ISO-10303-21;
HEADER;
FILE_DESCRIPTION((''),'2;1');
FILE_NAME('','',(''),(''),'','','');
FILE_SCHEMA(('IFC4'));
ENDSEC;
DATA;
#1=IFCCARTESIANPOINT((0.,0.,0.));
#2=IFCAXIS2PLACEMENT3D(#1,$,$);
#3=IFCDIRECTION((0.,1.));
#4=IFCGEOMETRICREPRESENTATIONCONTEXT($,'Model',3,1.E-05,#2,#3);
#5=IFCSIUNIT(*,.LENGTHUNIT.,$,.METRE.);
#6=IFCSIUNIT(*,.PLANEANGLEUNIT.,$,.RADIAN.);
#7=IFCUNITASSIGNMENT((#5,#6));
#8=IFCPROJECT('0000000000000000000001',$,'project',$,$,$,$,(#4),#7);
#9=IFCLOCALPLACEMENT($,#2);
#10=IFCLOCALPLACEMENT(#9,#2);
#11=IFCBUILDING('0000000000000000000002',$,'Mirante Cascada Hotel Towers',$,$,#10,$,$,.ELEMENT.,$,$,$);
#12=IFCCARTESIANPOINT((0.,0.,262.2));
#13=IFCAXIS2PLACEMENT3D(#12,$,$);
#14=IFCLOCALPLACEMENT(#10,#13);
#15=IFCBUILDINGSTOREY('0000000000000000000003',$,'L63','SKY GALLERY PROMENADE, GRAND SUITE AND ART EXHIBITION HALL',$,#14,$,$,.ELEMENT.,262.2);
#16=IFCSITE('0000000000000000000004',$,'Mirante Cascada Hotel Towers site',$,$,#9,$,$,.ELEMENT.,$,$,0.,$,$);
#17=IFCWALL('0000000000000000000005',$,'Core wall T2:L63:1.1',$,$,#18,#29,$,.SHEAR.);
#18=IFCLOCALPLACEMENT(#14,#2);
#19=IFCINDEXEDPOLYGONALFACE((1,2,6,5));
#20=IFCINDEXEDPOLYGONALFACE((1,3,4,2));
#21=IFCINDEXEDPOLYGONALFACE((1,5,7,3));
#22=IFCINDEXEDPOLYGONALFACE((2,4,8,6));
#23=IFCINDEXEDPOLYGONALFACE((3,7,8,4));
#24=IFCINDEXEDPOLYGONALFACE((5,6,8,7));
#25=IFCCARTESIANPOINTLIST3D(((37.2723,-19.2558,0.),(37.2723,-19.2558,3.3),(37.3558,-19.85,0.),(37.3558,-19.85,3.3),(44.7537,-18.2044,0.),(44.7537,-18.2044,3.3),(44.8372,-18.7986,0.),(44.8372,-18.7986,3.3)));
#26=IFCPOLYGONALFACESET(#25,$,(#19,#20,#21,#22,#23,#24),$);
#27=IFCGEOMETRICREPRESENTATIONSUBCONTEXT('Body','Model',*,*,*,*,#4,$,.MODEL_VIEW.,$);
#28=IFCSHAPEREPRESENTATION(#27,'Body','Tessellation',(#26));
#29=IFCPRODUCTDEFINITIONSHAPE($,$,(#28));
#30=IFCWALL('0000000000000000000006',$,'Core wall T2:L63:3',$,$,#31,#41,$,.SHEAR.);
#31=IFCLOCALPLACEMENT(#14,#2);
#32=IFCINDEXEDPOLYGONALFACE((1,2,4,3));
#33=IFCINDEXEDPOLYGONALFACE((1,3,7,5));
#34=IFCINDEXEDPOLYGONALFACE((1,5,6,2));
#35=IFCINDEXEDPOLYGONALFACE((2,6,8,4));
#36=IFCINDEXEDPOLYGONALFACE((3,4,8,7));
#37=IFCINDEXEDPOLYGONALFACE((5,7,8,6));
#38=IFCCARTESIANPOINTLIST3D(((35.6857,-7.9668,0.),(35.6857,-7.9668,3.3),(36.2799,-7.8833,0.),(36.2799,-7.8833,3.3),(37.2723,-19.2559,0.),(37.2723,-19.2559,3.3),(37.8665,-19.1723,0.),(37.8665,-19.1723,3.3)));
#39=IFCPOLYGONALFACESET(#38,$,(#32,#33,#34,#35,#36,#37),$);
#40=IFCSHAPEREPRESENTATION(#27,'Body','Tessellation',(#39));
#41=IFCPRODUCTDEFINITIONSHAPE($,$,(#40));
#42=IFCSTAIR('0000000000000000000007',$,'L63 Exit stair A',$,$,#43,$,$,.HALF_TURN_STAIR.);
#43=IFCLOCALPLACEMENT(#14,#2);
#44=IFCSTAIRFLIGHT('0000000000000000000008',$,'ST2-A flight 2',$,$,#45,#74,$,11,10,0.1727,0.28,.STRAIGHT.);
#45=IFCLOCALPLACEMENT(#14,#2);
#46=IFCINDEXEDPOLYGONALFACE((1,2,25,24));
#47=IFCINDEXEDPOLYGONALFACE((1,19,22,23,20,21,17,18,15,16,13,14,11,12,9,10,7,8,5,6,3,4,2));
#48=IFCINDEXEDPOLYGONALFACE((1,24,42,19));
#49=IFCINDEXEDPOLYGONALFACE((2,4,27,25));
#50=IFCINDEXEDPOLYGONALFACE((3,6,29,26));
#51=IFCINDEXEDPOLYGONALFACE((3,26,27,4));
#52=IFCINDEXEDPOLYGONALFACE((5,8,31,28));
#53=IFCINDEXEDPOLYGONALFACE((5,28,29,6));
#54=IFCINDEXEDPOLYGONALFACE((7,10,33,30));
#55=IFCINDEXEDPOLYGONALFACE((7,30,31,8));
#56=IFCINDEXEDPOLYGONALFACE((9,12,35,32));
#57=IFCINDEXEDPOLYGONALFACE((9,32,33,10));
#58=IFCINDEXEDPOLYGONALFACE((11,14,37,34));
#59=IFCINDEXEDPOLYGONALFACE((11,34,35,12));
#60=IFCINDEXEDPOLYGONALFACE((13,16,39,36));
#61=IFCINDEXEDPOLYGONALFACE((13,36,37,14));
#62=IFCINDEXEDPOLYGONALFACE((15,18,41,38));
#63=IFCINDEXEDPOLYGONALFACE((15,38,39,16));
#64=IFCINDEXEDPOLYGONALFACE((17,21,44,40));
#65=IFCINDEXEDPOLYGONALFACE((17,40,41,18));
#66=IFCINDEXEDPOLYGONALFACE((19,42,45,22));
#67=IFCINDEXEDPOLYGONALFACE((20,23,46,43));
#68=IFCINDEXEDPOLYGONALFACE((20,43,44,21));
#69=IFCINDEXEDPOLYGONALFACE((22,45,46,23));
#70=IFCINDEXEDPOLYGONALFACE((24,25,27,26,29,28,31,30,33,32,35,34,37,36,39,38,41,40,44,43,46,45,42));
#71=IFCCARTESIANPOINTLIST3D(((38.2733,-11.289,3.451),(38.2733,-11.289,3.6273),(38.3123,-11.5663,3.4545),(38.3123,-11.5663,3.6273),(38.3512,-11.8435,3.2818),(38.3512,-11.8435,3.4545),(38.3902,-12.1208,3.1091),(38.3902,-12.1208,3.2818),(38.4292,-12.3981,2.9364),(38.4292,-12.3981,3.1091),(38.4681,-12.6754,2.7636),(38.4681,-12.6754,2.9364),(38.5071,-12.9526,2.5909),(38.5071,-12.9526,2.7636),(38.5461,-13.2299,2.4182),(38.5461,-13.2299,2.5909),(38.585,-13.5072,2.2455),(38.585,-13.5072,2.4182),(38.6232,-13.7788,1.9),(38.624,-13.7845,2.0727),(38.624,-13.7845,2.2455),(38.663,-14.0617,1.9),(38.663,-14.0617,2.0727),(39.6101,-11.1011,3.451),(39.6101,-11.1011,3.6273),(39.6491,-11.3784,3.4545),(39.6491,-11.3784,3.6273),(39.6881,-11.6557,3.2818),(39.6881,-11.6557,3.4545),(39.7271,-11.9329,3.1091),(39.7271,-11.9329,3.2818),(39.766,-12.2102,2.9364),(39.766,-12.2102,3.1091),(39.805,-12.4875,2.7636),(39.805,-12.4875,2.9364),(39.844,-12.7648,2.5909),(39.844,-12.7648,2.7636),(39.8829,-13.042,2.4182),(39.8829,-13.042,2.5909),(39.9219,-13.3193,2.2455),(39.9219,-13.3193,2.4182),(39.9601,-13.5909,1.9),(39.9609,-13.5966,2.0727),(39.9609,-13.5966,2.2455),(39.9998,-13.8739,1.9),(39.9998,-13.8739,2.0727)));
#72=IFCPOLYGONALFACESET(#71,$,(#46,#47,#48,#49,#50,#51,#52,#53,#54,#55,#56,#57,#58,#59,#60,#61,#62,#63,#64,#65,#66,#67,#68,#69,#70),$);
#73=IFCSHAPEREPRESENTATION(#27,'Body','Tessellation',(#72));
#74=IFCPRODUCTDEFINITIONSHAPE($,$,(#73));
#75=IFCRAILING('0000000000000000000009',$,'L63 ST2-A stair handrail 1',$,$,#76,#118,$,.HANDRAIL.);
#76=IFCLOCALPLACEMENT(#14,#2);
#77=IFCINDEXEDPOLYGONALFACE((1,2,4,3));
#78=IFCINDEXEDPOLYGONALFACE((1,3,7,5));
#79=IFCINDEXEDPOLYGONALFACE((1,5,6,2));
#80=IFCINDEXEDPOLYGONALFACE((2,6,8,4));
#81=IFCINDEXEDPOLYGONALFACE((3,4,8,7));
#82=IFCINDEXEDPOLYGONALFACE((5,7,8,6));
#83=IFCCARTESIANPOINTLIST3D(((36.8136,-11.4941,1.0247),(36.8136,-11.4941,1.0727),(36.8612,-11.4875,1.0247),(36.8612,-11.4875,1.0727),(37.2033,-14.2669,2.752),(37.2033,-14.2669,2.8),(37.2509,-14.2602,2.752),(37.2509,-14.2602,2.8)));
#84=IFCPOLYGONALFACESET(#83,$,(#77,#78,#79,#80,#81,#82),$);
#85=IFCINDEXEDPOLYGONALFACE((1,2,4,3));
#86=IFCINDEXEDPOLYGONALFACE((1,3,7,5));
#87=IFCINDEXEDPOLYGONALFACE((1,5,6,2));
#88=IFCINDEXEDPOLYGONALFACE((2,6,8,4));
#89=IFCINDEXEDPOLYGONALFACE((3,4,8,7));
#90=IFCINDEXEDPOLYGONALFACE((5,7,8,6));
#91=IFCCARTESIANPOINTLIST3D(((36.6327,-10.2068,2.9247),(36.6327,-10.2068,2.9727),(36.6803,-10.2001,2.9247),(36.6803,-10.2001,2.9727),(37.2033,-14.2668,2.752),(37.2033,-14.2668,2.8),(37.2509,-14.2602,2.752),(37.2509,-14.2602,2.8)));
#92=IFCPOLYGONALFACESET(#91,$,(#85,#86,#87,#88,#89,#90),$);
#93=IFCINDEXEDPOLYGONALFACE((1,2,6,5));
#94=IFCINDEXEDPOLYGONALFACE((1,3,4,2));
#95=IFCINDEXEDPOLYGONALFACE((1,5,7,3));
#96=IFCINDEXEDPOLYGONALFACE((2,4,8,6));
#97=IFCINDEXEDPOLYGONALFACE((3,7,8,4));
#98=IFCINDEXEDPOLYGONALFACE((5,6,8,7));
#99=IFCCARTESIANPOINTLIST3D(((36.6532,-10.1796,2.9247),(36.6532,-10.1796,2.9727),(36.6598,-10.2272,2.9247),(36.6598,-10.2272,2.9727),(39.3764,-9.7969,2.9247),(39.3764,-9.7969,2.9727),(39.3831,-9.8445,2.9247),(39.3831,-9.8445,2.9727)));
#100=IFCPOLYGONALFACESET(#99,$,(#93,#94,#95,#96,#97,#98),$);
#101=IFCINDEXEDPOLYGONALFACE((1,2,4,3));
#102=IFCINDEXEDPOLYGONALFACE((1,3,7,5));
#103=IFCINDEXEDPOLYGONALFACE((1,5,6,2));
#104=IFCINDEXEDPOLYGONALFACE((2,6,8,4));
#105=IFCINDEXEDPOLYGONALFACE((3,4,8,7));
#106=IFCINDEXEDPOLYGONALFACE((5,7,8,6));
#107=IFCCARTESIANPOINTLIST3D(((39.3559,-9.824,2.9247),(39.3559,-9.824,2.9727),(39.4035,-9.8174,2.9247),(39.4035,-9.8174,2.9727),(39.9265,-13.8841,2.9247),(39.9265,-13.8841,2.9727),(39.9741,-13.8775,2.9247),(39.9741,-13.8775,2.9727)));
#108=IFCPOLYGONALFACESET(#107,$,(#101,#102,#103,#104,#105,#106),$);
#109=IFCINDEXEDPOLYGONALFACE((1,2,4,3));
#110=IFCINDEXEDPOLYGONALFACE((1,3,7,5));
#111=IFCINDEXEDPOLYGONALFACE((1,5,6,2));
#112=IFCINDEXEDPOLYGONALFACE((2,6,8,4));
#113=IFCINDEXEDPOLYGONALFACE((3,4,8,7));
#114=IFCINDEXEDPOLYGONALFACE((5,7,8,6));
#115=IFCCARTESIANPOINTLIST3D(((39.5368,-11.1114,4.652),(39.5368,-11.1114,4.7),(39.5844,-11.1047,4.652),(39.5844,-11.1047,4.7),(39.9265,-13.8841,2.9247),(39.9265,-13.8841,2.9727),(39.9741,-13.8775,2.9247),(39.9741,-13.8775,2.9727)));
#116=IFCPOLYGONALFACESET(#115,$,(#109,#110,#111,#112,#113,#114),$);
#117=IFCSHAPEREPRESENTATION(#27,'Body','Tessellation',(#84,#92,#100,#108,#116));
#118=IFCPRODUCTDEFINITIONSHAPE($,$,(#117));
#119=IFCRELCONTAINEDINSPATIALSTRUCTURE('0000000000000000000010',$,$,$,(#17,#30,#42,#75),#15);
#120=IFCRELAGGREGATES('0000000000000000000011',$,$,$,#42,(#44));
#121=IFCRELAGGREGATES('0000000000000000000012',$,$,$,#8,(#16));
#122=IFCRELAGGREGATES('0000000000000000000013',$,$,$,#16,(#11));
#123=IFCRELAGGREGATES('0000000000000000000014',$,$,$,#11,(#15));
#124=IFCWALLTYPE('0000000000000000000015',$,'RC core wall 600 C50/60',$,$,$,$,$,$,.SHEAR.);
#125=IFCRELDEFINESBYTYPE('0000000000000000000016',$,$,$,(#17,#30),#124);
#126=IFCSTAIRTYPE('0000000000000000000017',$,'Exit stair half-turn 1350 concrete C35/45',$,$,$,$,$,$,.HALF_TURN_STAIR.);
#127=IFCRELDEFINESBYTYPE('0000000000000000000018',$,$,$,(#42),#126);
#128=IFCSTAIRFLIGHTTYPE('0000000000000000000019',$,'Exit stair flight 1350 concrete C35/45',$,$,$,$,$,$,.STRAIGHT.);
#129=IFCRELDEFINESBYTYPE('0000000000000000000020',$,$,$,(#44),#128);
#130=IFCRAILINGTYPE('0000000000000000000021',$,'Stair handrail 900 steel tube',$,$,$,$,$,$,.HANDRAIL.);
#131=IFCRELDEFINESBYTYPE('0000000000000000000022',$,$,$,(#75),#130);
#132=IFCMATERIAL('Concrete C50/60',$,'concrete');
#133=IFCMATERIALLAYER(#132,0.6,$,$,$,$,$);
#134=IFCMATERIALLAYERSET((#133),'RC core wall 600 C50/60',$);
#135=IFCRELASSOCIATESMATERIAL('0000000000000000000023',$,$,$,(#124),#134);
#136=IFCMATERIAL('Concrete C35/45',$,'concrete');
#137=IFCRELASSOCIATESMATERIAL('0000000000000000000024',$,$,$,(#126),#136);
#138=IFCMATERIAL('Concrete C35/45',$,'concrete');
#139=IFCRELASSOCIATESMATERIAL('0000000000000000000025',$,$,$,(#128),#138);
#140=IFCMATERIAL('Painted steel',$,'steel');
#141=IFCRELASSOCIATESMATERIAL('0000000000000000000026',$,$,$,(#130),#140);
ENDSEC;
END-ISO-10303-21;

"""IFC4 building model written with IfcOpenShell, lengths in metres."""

from ifc_helpers import new_model, si_unit, direction, frame, frame_2d, origin, origin_2d, place, context, subcontext, project, spatial, polyline, rectangle, outline, extrude, material, layer, layer_set, type_object, element, aggregate, save


model = new_model("IFC4")

# Units and contexts
model_context = context("Model", 3, precision=1e-05, world=origin(), true_north=direction((0.0, 1.0)))
body_context = subcontext(model_context, "Body", "Model", "MODEL_VIEW")
ifc_project = project(units=[si_unit("LENGTHUNIT", "METRE"), si_unit("PLANEANGLEUNIT", "RADIAN")], contexts=[model_context])

# Site, building, storey
site_placement = place(None, origin())
site = spatial("IfcSite", under=ifc_project, at=site_placement, Name="Mirante Cascada Hotel Towers site", CompositionType="ELEMENT", RefElevation=0.0)
building_placement = place(site_placement, origin())
building = spatial("IfcBuilding", under=site, at=building_placement, Name="Mirante Cascada Hotel Towers", CompositionType="ELEMENT")
storey_placement = place(building_placement, frame((0.0, 0.0, 262.2)))
storey = spatial("IfcBuildingStorey", under=building, at=storey_placement, Name="L63", Description="SKY GALLERY PROMENADE, GRAND SUITE AND ART EXHIBITION HALL", CompositionType="ELEMENT", Elevation=262.2)

# Walls
ifc_material_1 = material(Name="Concrete C50/60", Category="concrete")
ifc_layer_1 = layer(ifc_material_1, 0.6)
ifc_layer_set_1 = layer_set([ifc_layer_1], Name="RC core wall 600 C50/60")
wall_type_1 = type_object("IfcWallType", Name="RC core wall 600 C50/60", PredefinedType="SHEAR", material=ifc_layer_set_1)
wall_1_placement = place(storey_placement, frame((37.3141, -19.5529, 0.0), z_axis=(0.0, 0.0, 1.0), x_axis=(0.990269, 0.139168, 0.0)))
element("IfcWall", 1, at=wall_1_placement, inside=storey, type_object=wall_type_1, Name="Core wall T2:L63:1.1", PredefinedType="SHEAR", context=body_context, shape_type="SweptSolid", body=[
    extrude(rectangle(XDim=7.5549, YDim=0.6, at=frame_2d((3.7774, 0.0))), origin(), (0.0, 0.0, 1.0), 3.3),
])
wall_2_placement = place(storey_placement, frame((37.5694, -19.2141, 0.0), z_axis=(0.0, 0.0, 1.0), x_axis=(-0.139175, 0.990268, 0.0)))
element("IfcWall", 2, at=wall_2_placement, inside=storey, type_object=wall_type_1, Name="Core wall T2:L63:3", PredefinedType="SHEAR", context=body_context, shape_type="SweptSolid", body=[
    extrude(rectangle(XDim=11.4, YDim=0.6, at=frame_2d((5.7, 0.0))), origin(), (0.0, 0.0, 1.0), 3.3),
])

# Stair, stair flight
ifc_material_2 = material(Name="Concrete C35/45", Category="concrete")
stair_type = type_object("IfcStairType", Name="Exit stair half-turn 1350 concrete C35/45", PredefinedType="HALF_TURN_STAIR", material=ifc_material_2)
stair_placement = place(storey_placement, origin())
stair = element("IfcStair", 3, at=stair_placement, inside=storey, type_object=stair_type, Name="L63 Exit stair A", PredefinedType="HALF_TURN_STAIR")
ifc_material_3 = material(Name="Concrete C35/45", Category="concrete")
stair_flight_type = type_object("IfcStairFlightType", Name="Exit stair flight 1350 concrete C35/45", PredefinedType="STRAIGHT", material=ifc_material_3)
stair_flight_placement = place(storey_placement, frame((39.3314, -13.9678, 1.9), z_axis=(0.0, 0.0, 1.0), x_axis=(-0.139173, 0.990268, 0.0)))
stair_flight = element("IfcStairFlight", 4, at=stair_flight_placement, type_object=stair_flight_type, Name="ST2-A flight 2", NumberOfRisers=11, NumberOfTreads=10, PredefinedType="STRAIGHT", RiserHeight=0.1727, TreadLength=0.28, context=body_context, shape_type="SweptSolid", body=[
    extrude(outline(polyline([(0.0, 0.0), (0.0, 0.1727), (0.28, 0.1727), (0.28, 0.3455), (0.56, 0.3455), (0.56, 0.5182), (0.84, 0.5182), (0.84, 0.6909), (1.12, 0.6909), (1.12, 0.8636), (1.4, 0.8636), (1.4, 1.0364), (1.68, 1.0364), (1.68, 1.2091), (1.96, 1.2091), (1.96, 1.3818), (2.24, 1.3818), (2.24, 1.5545), (2.52, 1.5545), (2.52, 1.7273), (2.8, 1.7273), (2.8, 1.9), (2.8, 1.551), (0.2857, 0.0), (0.0, 0.0)])), frame((0.0, 0.675, 0.0), z_axis=(0.0, -1.0, 0.0), x_axis=(1.0, 0.0, 0.0)), (0.0, 0.0, 1.0), 1.35),
])
aggregate(stair, [stair_flight])

# Railing
ifc_material_4 = material(Name="Painted steel", Category="steel")
railing_type = type_object("IfcRailingType", Name="Stair handrail 900 steel tube", PredefinedType="HANDRAIL", material=ifc_material_4)
railing_placement = place(storey_placement, frame((36.8374, -11.4908, 0.1727)))
element("IfcRailing", 5, at=railing_placement, inside=storey, type_object=railing_type, Name="L63 ST2-A stair handrail 1", PredefinedType="HANDRAIL", context=body_context, shape_type="SweptSolid", body=[
    extrude(rectangle(XDim=0.048, YDim=0.048, at=origin_2d()), frame((0.0, 0.0, 0.876), z_axis=(0.139181, -0.990267, 0.0), x_axis=(0.990267, 0.139181, 0.0)), (0.0, 0.525035, 0.851081), 3.2899),
    extrude(rectangle(XDim=0.048, YDim=0.048, at=origin_2d()), frame((0.3897, -2.7727, 2.6033), z_axis=(-0.139171, 0.990268, 0.0), x_axis=(-0.990268, -0.139171, 0.0)), (0.0, 0.042085, 0.999114), 4.1036),
    extrude(rectangle(XDim=0.048, YDim=0.048, at=origin_2d()), frame((-0.1809, 1.2874, 2.776), z_axis=(0.990269, 0.139166, 0.0), x_axis=(-0.139166, 0.990269, 0.0)), (0.0, 0.0, 1.0), 2.75),
    extrude(rectangle(XDim=0.048, YDim=0.048, at=origin_2d()), frame((2.5423, 1.6701, 2.776), z_axis=(0.139171, -0.990268, 0.0), x_axis=(0.990268, 0.139171, 0.0)), (0.0, 0.0, 1.0), 4.1),
    extrude(rectangle(XDim=0.048, YDim=0.048, at=origin_2d()), frame((3.1129, -2.39, 2.776), z_axis=(-0.139181, 0.990267, 0.0), x_axis=(-0.990267, -0.139181, 0.0)), (0.0, 0.525035, 0.851081), 3.2899),
])

save(model, "model.ifc")
